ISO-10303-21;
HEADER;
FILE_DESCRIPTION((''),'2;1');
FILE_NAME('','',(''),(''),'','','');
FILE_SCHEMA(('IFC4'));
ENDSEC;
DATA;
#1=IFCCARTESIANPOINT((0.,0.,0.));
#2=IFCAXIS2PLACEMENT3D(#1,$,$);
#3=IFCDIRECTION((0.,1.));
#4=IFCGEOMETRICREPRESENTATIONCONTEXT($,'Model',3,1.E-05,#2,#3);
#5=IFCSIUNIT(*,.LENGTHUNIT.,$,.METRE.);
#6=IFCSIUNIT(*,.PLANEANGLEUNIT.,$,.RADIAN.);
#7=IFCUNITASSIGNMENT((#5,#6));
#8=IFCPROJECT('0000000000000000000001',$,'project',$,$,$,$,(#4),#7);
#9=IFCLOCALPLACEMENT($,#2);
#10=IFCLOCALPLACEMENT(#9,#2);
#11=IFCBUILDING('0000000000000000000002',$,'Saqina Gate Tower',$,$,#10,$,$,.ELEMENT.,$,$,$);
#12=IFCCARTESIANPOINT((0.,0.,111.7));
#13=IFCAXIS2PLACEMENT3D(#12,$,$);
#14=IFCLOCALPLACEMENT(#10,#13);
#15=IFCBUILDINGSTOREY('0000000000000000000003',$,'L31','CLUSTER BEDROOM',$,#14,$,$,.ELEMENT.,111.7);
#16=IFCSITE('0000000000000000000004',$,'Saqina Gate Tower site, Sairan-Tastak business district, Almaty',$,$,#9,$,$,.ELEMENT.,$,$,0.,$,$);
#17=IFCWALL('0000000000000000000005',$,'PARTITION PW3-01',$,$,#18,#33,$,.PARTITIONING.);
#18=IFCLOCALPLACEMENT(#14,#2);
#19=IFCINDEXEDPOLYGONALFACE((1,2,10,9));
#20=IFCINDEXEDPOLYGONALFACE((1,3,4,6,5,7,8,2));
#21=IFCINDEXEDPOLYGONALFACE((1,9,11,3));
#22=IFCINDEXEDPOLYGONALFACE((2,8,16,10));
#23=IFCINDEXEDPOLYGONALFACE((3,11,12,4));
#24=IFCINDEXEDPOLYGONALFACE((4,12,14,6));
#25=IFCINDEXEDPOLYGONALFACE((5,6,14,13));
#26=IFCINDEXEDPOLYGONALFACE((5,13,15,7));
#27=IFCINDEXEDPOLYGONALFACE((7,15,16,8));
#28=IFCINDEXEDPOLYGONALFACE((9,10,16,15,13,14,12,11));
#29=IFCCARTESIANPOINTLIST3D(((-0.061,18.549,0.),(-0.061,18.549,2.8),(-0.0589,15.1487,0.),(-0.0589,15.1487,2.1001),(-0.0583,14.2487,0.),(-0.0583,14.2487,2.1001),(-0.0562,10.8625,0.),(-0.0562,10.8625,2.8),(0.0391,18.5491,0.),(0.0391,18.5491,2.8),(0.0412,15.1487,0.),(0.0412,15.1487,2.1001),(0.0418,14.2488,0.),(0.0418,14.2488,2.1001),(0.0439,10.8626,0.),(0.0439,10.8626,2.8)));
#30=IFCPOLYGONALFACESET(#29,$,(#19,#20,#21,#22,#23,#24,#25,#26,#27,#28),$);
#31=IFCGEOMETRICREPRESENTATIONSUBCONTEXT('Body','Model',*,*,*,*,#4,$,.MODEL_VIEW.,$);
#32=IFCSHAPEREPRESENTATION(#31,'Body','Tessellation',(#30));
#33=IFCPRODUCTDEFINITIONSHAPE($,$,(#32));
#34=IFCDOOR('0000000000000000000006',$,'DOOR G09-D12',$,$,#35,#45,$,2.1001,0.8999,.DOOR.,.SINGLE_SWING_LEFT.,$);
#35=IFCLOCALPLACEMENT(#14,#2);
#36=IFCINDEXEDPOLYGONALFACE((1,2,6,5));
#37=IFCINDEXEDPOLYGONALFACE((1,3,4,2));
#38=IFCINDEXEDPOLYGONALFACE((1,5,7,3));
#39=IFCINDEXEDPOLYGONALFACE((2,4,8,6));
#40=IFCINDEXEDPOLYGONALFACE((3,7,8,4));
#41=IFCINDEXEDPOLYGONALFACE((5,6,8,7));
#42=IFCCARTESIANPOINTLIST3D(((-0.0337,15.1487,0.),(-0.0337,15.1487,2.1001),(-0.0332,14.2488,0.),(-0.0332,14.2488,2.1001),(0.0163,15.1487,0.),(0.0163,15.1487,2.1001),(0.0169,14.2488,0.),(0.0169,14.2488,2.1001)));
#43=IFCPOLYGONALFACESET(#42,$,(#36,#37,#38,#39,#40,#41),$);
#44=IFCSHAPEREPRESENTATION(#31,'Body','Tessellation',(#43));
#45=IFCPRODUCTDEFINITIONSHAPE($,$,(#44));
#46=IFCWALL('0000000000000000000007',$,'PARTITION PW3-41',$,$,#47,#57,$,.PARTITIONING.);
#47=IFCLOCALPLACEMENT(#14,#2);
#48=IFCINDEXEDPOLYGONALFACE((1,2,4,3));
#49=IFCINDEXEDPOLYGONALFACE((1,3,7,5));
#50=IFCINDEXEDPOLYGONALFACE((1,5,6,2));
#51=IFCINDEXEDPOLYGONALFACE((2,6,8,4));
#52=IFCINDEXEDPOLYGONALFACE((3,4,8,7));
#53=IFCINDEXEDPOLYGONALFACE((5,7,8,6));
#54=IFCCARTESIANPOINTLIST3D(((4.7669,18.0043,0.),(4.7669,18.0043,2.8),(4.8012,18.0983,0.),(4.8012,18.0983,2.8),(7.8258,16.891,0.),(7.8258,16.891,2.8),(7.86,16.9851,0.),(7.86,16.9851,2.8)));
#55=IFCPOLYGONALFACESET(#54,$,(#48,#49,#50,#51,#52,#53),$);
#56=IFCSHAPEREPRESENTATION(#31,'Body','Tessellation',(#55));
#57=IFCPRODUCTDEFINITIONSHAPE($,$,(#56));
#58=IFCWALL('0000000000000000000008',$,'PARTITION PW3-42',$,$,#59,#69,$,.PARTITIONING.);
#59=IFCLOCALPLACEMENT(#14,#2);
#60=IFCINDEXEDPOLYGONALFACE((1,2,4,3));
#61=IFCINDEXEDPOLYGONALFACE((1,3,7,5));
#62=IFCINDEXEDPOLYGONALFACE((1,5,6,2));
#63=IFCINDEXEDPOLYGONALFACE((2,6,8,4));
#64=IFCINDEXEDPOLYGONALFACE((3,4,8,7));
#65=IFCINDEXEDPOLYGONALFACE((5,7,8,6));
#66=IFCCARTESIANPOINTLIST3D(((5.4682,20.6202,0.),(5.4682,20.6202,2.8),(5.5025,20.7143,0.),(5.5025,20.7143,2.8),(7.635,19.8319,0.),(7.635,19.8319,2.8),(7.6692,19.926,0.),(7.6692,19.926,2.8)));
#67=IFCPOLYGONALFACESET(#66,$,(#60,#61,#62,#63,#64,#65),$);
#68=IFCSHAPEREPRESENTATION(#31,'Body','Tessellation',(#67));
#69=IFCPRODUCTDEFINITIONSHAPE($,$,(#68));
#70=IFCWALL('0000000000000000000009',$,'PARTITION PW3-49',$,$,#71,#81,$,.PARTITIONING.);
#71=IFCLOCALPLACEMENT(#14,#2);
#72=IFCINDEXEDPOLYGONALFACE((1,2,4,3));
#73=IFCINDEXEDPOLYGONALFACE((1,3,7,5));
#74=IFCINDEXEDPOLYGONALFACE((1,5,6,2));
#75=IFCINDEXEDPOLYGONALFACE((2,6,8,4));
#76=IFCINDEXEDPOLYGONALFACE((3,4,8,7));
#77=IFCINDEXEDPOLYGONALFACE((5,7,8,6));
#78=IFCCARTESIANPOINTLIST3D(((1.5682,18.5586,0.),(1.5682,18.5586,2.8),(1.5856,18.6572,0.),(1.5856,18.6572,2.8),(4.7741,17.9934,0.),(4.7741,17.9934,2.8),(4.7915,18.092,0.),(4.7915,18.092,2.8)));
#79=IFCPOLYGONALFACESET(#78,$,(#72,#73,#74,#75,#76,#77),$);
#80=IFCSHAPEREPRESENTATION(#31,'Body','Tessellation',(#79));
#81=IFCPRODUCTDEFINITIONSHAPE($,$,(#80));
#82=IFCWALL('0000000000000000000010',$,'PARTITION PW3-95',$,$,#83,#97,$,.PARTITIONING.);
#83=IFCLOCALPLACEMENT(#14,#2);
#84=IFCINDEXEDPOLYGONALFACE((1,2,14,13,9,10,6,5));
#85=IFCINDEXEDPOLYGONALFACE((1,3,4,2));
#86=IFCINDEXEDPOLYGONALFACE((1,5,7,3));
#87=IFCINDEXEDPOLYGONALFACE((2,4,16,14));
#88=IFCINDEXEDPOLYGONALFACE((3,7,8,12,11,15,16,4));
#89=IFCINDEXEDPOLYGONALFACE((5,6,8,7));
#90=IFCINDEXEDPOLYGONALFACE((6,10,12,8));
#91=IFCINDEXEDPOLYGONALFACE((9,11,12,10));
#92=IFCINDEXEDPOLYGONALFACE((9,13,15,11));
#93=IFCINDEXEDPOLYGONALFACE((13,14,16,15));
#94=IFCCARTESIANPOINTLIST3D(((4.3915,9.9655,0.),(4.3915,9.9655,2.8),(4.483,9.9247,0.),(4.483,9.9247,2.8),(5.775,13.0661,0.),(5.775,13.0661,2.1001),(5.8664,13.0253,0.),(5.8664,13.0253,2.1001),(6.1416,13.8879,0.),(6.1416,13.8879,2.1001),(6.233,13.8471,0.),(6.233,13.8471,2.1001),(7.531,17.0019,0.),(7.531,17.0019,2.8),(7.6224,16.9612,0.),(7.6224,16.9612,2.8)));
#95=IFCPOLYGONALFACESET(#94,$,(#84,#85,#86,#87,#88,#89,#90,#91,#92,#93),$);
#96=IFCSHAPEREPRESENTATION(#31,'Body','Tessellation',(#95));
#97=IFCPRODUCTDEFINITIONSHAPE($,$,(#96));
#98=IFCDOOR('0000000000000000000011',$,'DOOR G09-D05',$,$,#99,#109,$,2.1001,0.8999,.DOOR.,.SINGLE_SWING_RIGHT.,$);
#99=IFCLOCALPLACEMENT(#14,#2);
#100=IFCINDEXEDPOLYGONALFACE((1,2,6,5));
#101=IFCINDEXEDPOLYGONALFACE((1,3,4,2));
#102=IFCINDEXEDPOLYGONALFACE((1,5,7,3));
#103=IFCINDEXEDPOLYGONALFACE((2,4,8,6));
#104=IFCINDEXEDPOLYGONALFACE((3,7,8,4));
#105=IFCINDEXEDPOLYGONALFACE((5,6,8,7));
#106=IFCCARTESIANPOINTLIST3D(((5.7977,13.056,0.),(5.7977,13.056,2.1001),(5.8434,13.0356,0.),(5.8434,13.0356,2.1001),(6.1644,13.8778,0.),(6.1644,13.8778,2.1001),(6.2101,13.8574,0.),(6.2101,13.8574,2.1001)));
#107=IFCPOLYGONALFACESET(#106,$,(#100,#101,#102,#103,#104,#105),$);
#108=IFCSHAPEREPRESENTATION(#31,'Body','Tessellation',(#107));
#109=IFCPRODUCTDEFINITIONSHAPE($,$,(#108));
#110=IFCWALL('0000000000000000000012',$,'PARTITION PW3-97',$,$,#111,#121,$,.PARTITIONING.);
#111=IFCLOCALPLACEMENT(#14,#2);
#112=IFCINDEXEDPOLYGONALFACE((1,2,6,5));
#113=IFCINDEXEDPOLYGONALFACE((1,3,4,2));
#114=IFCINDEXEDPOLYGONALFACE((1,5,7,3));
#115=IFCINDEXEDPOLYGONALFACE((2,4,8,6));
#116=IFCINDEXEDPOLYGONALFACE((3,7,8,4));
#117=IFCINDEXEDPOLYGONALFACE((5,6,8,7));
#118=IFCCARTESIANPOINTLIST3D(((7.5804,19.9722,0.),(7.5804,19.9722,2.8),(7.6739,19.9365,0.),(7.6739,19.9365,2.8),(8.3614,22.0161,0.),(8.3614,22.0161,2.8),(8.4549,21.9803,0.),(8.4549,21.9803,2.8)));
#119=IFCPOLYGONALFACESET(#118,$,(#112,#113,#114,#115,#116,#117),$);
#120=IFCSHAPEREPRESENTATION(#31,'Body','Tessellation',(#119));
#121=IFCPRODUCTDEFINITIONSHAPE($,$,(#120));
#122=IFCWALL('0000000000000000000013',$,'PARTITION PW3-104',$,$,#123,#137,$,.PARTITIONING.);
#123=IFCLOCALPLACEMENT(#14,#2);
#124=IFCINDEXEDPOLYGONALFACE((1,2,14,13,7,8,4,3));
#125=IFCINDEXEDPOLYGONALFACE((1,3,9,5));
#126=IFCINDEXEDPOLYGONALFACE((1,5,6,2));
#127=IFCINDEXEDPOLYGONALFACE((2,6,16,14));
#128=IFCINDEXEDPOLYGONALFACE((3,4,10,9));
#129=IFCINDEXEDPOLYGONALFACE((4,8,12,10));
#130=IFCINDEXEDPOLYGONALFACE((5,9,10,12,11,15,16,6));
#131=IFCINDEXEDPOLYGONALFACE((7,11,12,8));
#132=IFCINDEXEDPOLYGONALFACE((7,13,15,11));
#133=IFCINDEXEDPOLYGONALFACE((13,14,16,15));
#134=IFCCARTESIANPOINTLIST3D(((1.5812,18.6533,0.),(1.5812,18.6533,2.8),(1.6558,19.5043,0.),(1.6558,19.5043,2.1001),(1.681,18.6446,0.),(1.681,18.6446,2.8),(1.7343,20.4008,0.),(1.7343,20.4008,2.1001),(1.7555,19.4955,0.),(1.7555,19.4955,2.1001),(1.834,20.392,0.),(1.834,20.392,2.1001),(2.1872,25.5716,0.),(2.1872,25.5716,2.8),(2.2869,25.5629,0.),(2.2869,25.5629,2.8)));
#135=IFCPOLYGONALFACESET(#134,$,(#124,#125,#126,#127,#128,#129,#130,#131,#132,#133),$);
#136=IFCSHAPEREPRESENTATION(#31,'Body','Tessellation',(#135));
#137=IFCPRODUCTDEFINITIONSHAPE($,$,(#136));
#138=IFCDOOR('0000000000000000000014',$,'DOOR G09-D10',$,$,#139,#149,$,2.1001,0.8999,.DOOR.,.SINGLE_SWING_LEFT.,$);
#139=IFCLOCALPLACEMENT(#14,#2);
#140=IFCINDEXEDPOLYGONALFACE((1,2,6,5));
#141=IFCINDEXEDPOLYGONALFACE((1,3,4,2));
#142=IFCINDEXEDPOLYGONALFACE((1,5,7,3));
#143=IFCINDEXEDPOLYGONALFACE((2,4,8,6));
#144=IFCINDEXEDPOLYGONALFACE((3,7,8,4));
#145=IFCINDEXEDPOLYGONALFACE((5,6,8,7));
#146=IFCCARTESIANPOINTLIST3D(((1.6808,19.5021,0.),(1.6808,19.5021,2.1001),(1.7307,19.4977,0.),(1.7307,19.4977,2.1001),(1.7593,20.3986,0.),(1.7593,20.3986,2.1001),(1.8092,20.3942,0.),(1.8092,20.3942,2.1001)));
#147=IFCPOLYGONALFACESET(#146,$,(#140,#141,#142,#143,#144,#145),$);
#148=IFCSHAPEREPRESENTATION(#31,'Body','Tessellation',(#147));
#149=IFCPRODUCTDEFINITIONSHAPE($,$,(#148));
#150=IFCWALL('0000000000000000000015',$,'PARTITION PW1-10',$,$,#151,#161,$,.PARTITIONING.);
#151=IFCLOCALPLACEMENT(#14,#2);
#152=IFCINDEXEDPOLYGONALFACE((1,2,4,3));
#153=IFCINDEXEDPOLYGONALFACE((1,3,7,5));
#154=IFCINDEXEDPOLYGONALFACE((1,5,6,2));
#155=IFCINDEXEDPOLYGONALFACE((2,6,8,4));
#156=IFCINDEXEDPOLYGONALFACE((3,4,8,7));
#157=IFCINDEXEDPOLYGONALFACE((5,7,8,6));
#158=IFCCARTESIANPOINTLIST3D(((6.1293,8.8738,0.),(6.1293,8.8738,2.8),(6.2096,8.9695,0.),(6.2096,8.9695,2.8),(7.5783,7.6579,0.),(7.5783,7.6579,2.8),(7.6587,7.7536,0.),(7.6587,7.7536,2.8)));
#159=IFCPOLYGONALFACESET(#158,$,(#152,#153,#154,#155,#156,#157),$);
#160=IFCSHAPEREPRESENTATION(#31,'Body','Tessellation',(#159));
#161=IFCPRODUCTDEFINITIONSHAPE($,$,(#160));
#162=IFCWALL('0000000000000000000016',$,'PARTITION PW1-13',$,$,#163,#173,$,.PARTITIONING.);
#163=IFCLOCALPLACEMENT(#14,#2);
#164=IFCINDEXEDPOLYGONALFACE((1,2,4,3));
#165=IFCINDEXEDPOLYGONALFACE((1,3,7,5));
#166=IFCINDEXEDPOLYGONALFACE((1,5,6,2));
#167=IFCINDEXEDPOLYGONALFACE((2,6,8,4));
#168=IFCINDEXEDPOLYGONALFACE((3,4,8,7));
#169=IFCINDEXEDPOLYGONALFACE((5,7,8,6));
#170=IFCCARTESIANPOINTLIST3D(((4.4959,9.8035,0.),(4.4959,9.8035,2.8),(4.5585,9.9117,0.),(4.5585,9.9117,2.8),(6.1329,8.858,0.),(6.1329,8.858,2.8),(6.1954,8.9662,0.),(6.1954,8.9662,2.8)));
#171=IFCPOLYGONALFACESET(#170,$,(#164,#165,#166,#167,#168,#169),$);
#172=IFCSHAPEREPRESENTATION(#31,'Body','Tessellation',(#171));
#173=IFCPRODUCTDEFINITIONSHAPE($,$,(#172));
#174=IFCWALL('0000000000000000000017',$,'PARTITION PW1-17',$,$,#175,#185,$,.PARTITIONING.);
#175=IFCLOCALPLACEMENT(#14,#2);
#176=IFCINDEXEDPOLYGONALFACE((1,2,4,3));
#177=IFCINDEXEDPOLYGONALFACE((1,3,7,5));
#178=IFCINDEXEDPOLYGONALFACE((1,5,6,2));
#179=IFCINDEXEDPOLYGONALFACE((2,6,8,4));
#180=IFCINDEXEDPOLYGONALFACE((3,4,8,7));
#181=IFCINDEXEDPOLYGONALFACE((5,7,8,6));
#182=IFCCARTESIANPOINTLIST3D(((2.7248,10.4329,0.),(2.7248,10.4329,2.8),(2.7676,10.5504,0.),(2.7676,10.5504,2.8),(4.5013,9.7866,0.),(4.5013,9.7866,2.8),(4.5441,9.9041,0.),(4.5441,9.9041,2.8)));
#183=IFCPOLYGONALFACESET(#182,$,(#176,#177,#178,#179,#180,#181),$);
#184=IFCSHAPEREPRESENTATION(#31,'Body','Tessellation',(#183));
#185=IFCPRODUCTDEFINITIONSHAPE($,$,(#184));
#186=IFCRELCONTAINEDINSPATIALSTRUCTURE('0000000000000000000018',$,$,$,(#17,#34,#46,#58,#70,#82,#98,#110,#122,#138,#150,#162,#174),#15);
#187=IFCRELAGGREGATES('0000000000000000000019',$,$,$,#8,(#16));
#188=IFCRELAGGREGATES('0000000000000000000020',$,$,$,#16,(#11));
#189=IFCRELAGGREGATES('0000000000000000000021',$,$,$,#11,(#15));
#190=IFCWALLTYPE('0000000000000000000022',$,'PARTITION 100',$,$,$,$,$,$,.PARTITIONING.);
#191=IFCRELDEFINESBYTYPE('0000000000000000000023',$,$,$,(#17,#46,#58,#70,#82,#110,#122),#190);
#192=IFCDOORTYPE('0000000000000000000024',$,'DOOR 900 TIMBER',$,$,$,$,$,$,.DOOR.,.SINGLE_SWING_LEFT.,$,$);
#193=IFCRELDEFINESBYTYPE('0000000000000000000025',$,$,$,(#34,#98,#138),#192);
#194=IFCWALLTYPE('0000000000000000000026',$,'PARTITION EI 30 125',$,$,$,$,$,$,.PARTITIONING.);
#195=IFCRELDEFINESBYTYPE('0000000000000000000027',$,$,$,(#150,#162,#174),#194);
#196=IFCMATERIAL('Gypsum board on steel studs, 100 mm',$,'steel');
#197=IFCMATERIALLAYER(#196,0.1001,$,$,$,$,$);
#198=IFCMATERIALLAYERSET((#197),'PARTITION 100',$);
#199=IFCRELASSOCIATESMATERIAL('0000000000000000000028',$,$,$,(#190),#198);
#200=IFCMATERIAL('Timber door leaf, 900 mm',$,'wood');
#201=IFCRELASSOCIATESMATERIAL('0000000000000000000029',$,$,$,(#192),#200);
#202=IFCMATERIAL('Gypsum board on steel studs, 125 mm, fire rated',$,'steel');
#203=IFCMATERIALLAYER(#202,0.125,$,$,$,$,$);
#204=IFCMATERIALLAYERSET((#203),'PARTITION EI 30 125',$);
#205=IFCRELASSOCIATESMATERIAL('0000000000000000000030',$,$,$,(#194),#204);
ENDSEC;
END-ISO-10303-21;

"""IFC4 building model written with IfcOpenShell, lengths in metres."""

from ifc_helpers import new_model, si_unit, direction, frame, frame_2d, origin, place, context, subcontext, project, spatial, rectangle, extrude, material, layer, layer_set, type_object, element, fill, save


model = new_model("IFC4")

# Units and contexts
model_context = context("Model", 3, precision=1e-05, world=origin(), true_north=direction((0.0, 1.0)))
body_context = subcontext(model_context, "Body", "Model", "MODEL_VIEW")
ifc_project = project(units=[si_unit("LENGTHUNIT", "METRE"), si_unit("PLANEANGLEUNIT", "RADIAN")], contexts=[model_context])

# Site, building, storey
site_placement = place(None, origin())
site = spatial("IfcSite", under=ifc_project, at=site_placement, Name="Saqina Gate Tower site, Sairan-Tastak business district, Almaty", CompositionType="ELEMENT", RefElevation=0.0)
building_placement = place(site_placement, origin())
building = spatial("IfcBuilding", under=site, at=building_placement, Name="Saqina Gate Tower", CompositionType="ELEMENT")
storey_placement = place(building_placement, frame((0.0, 0.0, 111.7)))
storey = spatial("IfcBuildingStorey", under=building, at=storey_placement, Name="L31", Description="CLUSTER BEDROOM", CompositionType="ELEMENT", Elevation=111.7)

# Wall, opening, door
ifc_material_1 = material(Name="Gypsum board on steel studs, 100 mm", Category="steel")
ifc_layer_1 = layer(ifc_material_1, 0.1001)
ifc_layer_set_1 = layer_set([ifc_layer_1], Name="PARTITION 100")
wall_type_1 = type_object("IfcWallType", Name="PARTITION 100", PredefinedType="PARTITIONING", material=ifc_layer_set_1)
wall_1_placement = place(storey_placement, frame((-0.011, 18.5491, 0.0), z_axis=(0.0, 0.0, 1.0), x_axis=(0.000635, -1.0, 0.0)))
wall_1 = element("IfcWall", 1, at=wall_1_placement, inside=storey, type_object=wall_type_1, Name="PARTITION PW3-01", PredefinedType="PARTITIONING", context=body_context, shape_type="SweptSolid", body=[
    extrude(rectangle(XDim=7.6865, YDim=0.1001, at=frame_2d((3.8433, 0.0))), origin(), (0.0, 0.0, 1.0), 2.8),
])
opening_1_placement = place(wall_1_placement, frame((3.4004, 0.0, 0.0)))
opening_1 = element("IfcOpeningElement", 2, at=opening_1_placement, cuts=wall_1, PredefinedType="OPENING", context=body_context, shape_type="SweptSolid", body=[
    extrude(rectangle(XDim=0.8999, YDim=2.1001, at=frame_2d((0.45, 1.05))), frame((0.0, 0.062, 0.0), z_axis=(0.0, -1.0, 0.0), x_axis=(1.0, 0.0, 0.0)), (0.0, 0.0, 1.0), 0.124),
])
ifc_material_2 = material(Name="Timber door leaf, 900 mm", Category="wood")
door_type_1 = type_object("IfcDoorType", Name="DOOR 900 TIMBER", OperationType="SINGLE_SWING_LEFT", PredefinedType="DOOR", material=ifc_material_2)
door_1_placement = place(opening_1_placement, frame((0.8999, 0.0, 0.0), z_axis=(0.0, 0.0, 1.0), x_axis=(-1.0, 0.0, 0.0)))
door_1 = element("IfcDoor", 3, at=door_1_placement, inside=storey, type_object=door_type_1, Name="DOOR G09-D12", OperationType="SINGLE_SWING_LEFT", OverallHeight=2.1001, OverallWidth=0.8999, PredefinedType="DOOR", context=body_context, shape_type="SweptSolid", body=[
    extrude(rectangle(XDim=0.8999, YDim=2.1001, at=frame_2d((0.45, 1.05))), frame((0.0, 0.0249, 0.0), z_axis=(0.0, -1.0, 0.0), x_axis=(1.0, 0.0, 0.0)), (0.0, 0.0, 1.0), 0.05),
])
fill(opening_1, door_1)

# Walls
wall_2_placement = place(storey_placement, frame((4.7842, 18.0513, 0.0), z_axis=(0.0, 0.0, 1.0), x_axis=(0.939697, -0.342008, 0.0)))
element("IfcWall", 4, at=wall_2_placement, inside=storey, type_object=wall_type_1, Name="PARTITION PW3-41", PredefinedType="PARTITIONING", context=body_context, shape_type="SweptSolid", body=[
    extrude(rectangle(XDim=3.2551, YDim=0.1001, at=frame_2d((1.6274, 0.0))), origin(), (0.0, 0.0, 1.0), 2.8),
])
wall_3_placement = place(storey_placement, frame((5.4854, 20.6672, 0.0), z_axis=(0.0, 0.0, 1.0), x_axis=(0.939735, -0.341905, 0.0)))
element("IfcWall", 5, at=wall_3_placement, inside=storey, type_object=wall_type_1, Name="PARTITION PW3-42", PredefinedType="PARTITIONING", context=body_context, shape_type="SweptSolid", body=[
    extrude(rectangle(XDim=2.3057, YDim=0.1001, at=frame_2d((1.1528, 0.0))), origin(), (0.0, 0.0, 1.0), 2.8),
])
wall_4_placement = place(storey_placement, frame((1.5769, 18.6079, 0.0), z_axis=(0.0, 0.0, 1.0), x_axis=(0.984812, -0.173623, 0.0)))
element("IfcWall", 6, at=wall_4_placement, inside=storey, type_object=wall_type_1, Name="PARTITION PW3-49", PredefinedType="PARTITIONING", context=body_context, shape_type="SweptSolid", body=[
    extrude(rectangle(XDim=3.2554, YDim=0.1001, at=frame_2d((1.6277, 0.0))), origin(), (0.0, 0.0, 1.0), 2.8),
])

# Wall, opening, door
wall_5_placement = place(storey_placement, frame((4.4373, 9.9451, 0.0), z_axis=(0.0, 0.0, 1.0), x_axis=(0.407452, 0.913227, 0.0)))
wall_5 = element("IfcWall", 7, at=wall_5_placement, inside=storey, type_object=wall_type_1, Name="PARTITION PW3-95", PredefinedType="PARTITIONING", context=body_context, shape_type="SweptSolid", body=[
    extrude(rectangle(XDim=7.7051, YDim=0.1001, at=frame_2d((3.8525, 0.0))), origin(), (0.0, 0.0, 1.0), 2.8),
])
opening_2_placement = place(wall_5_placement, frame((3.3953, 0.0, 0.0)))
opening_2 = element("IfcOpeningElement", 8, at=opening_2_placement, cuts=wall_5, PredefinedType="OPENING", context=body_context, shape_type="SweptSolid", body=[
    extrude(rectangle(XDim=0.8999, YDim=2.1001, at=frame_2d((0.45, 1.05))), frame((0.0, 0.062, 0.0), z_axis=(0.0, -1.0, 0.0), x_axis=(1.0, 0.0, 0.0)), (0.0, 0.0, 1.0), 0.124),
])
door_2_placement = place(opening_2_placement, frame((0.8999, 0.0, 0.0), z_axis=(0.0, 0.0, 1.0), x_axis=(-1.0, 0.0, 0.0)))
door_2 = element("IfcDoor", 9, at=door_2_placement, inside=storey, type_object=door_type_1, Name="DOOR G09-D05", OperationType="SINGLE_SWING_RIGHT", OverallHeight=2.1001, OverallWidth=0.8999, PredefinedType="DOOR", context=body_context, shape_type="SweptSolid", body=[
    extrude(rectangle(XDim=0.8999, YDim=2.1001, at=frame_2d((0.45, 1.05))), frame((0.0, 0.0249, 0.0), z_axis=(0.0, -1.0, 0.0), x_axis=(1.0, 0.0, 0.0)), (0.0, 0.0, 1.0), 0.05),
])
fill(opening_2, door_2)

# Wall
wall_6_placement = place(storey_placement, frame((7.6272, 19.9543, 0.0), z_axis=(0.0, 0.0, 1.0), x_axis=(0.356937, 0.934128, 0.0)))
element("IfcWall", 10, at=wall_6_placement, inside=storey, type_object=wall_type_1, Name="PARTITION PW3-97", PredefinedType="PARTITIONING", context=body_context, shape_type="SweptSolid", body=[
    extrude(rectangle(XDim=2.188, YDim=0.1001, at=frame_2d((1.094, 0.0))), origin(), (0.0, 0.0, 1.0), 2.8),
])

# Wall, opening, door
wall_7_placement = place(storey_placement, frame((1.6311, 18.6489, 0.0), z_axis=(0.0, 0.0, 1.0), x_axis=(0.087252, 0.996186, 0.0)))
wall_7 = element("IfcWall", 11, at=wall_7_placement, inside=storey, type_object=wall_type_1, Name="PARTITION PW3-104", PredefinedType="PARTITIONING", context=body_context, shape_type="SweptSolid", body=[
    extrude(rectangle(XDim=6.9448, YDim=0.1001, at=frame_2d((3.4724, 0.0))), origin(), (0.0, 0.0, 1.0), 2.8),
])
opening_3_placement = place(wall_7_placement, frame((0.8542, 0.0, 0.0)))
opening_3 = element("IfcOpeningElement", 12, at=opening_3_placement, cuts=wall_7, PredefinedType="OPENING", context=body_context, shape_type="SweptSolid", body=[
    extrude(rectangle(XDim=0.8999, YDim=2.1001, at=frame_2d((0.45, 1.05))), frame((0.0, 0.062, 0.0), z_axis=(0.0, -1.0, 0.0), x_axis=(1.0, 0.0, 0.0)), (0.0, 0.0, 1.0), 0.124),
])
door_3_placement = place(opening_3_placement, origin())
door_3 = element("IfcDoor", 13, at=door_3_placement, inside=storey, type_object=door_type_1, Name="DOOR G09-D10", OperationType="SINGLE_SWING_LEFT", OverallHeight=2.1001, OverallWidth=0.8999, PredefinedType="DOOR", context=body_context, shape_type="SweptSolid", body=[
    extrude(rectangle(XDim=0.8999, YDim=2.1001, at=frame_2d((0.45, 1.05))), frame((0.0, 0.0249, 0.0), z_axis=(0.0, -1.0, 0.0), x_axis=(1.0, 0.0, 0.0)), (0.0, 0.0, 1.0), 0.05),
])
fill(opening_3, door_3)

# Walls
ifc_material_3 = material(Name="Gypsum board on steel studs, 125 mm, fire rated", Category="steel")
ifc_layer_2 = layer(ifc_material_3, 0.125)
ifc_layer_set_2 = layer_set([ifc_layer_2], Name="PARTITION EI 30 125")
wall_type_2 = type_object("IfcWallType", Name="PARTITION EI 30 125", PredefinedType="PARTITIONING", material=ifc_layer_set_2)
wall_8_placement = place(storey_placement, frame((6.1694, 8.9216, 0.0), z_axis=(0.0, 0.0, 1.0), x_axis=(0.766048, -0.642783, 0.0)))
element("IfcWall", 14, at=wall_8_placement, inside=storey, type_object=wall_type_2, Name="PARTITION PW1-10", PredefinedType="PARTITIONING", context=body_context, shape_type="SweptSolid", body=[
    extrude(rectangle(XDim=1.8916, YDim=0.125, at=frame_2d((0.9458, 0.0))), origin(), (0.0, 0.0, 1.0), 2.8),
])
for number, where, z_axis, x_axis, name in (
    (15, (4.5271, 9.8577, 0.0), (0.0, 0.0, 1.0), (0.865921, -0.500181, 0.0), "PARTITION PW1-13"),
    (16, (2.7461, 10.4917, 0.0), (0.0, 0.0, 1.0), (0.939744, -0.341878, 0.0), "PARTITION PW1-17"),
):
    element("IfcWall", number, at=place(storey_placement, frame(where, z_axis=z_axis, x_axis=x_axis)), inside=storey, type_object=wall_type_2, Name=name, PredefinedType="PARTITIONING", context=body_context, shape_type="SweptSolid", body=[
        extrude(rectangle(XDim=1.8904, YDim=0.125, at=frame_2d((0.9453, 0.0))), origin(), (0.0, 0.0, 1.0), 2.8),
    ])

save(model, "model.ifc")
